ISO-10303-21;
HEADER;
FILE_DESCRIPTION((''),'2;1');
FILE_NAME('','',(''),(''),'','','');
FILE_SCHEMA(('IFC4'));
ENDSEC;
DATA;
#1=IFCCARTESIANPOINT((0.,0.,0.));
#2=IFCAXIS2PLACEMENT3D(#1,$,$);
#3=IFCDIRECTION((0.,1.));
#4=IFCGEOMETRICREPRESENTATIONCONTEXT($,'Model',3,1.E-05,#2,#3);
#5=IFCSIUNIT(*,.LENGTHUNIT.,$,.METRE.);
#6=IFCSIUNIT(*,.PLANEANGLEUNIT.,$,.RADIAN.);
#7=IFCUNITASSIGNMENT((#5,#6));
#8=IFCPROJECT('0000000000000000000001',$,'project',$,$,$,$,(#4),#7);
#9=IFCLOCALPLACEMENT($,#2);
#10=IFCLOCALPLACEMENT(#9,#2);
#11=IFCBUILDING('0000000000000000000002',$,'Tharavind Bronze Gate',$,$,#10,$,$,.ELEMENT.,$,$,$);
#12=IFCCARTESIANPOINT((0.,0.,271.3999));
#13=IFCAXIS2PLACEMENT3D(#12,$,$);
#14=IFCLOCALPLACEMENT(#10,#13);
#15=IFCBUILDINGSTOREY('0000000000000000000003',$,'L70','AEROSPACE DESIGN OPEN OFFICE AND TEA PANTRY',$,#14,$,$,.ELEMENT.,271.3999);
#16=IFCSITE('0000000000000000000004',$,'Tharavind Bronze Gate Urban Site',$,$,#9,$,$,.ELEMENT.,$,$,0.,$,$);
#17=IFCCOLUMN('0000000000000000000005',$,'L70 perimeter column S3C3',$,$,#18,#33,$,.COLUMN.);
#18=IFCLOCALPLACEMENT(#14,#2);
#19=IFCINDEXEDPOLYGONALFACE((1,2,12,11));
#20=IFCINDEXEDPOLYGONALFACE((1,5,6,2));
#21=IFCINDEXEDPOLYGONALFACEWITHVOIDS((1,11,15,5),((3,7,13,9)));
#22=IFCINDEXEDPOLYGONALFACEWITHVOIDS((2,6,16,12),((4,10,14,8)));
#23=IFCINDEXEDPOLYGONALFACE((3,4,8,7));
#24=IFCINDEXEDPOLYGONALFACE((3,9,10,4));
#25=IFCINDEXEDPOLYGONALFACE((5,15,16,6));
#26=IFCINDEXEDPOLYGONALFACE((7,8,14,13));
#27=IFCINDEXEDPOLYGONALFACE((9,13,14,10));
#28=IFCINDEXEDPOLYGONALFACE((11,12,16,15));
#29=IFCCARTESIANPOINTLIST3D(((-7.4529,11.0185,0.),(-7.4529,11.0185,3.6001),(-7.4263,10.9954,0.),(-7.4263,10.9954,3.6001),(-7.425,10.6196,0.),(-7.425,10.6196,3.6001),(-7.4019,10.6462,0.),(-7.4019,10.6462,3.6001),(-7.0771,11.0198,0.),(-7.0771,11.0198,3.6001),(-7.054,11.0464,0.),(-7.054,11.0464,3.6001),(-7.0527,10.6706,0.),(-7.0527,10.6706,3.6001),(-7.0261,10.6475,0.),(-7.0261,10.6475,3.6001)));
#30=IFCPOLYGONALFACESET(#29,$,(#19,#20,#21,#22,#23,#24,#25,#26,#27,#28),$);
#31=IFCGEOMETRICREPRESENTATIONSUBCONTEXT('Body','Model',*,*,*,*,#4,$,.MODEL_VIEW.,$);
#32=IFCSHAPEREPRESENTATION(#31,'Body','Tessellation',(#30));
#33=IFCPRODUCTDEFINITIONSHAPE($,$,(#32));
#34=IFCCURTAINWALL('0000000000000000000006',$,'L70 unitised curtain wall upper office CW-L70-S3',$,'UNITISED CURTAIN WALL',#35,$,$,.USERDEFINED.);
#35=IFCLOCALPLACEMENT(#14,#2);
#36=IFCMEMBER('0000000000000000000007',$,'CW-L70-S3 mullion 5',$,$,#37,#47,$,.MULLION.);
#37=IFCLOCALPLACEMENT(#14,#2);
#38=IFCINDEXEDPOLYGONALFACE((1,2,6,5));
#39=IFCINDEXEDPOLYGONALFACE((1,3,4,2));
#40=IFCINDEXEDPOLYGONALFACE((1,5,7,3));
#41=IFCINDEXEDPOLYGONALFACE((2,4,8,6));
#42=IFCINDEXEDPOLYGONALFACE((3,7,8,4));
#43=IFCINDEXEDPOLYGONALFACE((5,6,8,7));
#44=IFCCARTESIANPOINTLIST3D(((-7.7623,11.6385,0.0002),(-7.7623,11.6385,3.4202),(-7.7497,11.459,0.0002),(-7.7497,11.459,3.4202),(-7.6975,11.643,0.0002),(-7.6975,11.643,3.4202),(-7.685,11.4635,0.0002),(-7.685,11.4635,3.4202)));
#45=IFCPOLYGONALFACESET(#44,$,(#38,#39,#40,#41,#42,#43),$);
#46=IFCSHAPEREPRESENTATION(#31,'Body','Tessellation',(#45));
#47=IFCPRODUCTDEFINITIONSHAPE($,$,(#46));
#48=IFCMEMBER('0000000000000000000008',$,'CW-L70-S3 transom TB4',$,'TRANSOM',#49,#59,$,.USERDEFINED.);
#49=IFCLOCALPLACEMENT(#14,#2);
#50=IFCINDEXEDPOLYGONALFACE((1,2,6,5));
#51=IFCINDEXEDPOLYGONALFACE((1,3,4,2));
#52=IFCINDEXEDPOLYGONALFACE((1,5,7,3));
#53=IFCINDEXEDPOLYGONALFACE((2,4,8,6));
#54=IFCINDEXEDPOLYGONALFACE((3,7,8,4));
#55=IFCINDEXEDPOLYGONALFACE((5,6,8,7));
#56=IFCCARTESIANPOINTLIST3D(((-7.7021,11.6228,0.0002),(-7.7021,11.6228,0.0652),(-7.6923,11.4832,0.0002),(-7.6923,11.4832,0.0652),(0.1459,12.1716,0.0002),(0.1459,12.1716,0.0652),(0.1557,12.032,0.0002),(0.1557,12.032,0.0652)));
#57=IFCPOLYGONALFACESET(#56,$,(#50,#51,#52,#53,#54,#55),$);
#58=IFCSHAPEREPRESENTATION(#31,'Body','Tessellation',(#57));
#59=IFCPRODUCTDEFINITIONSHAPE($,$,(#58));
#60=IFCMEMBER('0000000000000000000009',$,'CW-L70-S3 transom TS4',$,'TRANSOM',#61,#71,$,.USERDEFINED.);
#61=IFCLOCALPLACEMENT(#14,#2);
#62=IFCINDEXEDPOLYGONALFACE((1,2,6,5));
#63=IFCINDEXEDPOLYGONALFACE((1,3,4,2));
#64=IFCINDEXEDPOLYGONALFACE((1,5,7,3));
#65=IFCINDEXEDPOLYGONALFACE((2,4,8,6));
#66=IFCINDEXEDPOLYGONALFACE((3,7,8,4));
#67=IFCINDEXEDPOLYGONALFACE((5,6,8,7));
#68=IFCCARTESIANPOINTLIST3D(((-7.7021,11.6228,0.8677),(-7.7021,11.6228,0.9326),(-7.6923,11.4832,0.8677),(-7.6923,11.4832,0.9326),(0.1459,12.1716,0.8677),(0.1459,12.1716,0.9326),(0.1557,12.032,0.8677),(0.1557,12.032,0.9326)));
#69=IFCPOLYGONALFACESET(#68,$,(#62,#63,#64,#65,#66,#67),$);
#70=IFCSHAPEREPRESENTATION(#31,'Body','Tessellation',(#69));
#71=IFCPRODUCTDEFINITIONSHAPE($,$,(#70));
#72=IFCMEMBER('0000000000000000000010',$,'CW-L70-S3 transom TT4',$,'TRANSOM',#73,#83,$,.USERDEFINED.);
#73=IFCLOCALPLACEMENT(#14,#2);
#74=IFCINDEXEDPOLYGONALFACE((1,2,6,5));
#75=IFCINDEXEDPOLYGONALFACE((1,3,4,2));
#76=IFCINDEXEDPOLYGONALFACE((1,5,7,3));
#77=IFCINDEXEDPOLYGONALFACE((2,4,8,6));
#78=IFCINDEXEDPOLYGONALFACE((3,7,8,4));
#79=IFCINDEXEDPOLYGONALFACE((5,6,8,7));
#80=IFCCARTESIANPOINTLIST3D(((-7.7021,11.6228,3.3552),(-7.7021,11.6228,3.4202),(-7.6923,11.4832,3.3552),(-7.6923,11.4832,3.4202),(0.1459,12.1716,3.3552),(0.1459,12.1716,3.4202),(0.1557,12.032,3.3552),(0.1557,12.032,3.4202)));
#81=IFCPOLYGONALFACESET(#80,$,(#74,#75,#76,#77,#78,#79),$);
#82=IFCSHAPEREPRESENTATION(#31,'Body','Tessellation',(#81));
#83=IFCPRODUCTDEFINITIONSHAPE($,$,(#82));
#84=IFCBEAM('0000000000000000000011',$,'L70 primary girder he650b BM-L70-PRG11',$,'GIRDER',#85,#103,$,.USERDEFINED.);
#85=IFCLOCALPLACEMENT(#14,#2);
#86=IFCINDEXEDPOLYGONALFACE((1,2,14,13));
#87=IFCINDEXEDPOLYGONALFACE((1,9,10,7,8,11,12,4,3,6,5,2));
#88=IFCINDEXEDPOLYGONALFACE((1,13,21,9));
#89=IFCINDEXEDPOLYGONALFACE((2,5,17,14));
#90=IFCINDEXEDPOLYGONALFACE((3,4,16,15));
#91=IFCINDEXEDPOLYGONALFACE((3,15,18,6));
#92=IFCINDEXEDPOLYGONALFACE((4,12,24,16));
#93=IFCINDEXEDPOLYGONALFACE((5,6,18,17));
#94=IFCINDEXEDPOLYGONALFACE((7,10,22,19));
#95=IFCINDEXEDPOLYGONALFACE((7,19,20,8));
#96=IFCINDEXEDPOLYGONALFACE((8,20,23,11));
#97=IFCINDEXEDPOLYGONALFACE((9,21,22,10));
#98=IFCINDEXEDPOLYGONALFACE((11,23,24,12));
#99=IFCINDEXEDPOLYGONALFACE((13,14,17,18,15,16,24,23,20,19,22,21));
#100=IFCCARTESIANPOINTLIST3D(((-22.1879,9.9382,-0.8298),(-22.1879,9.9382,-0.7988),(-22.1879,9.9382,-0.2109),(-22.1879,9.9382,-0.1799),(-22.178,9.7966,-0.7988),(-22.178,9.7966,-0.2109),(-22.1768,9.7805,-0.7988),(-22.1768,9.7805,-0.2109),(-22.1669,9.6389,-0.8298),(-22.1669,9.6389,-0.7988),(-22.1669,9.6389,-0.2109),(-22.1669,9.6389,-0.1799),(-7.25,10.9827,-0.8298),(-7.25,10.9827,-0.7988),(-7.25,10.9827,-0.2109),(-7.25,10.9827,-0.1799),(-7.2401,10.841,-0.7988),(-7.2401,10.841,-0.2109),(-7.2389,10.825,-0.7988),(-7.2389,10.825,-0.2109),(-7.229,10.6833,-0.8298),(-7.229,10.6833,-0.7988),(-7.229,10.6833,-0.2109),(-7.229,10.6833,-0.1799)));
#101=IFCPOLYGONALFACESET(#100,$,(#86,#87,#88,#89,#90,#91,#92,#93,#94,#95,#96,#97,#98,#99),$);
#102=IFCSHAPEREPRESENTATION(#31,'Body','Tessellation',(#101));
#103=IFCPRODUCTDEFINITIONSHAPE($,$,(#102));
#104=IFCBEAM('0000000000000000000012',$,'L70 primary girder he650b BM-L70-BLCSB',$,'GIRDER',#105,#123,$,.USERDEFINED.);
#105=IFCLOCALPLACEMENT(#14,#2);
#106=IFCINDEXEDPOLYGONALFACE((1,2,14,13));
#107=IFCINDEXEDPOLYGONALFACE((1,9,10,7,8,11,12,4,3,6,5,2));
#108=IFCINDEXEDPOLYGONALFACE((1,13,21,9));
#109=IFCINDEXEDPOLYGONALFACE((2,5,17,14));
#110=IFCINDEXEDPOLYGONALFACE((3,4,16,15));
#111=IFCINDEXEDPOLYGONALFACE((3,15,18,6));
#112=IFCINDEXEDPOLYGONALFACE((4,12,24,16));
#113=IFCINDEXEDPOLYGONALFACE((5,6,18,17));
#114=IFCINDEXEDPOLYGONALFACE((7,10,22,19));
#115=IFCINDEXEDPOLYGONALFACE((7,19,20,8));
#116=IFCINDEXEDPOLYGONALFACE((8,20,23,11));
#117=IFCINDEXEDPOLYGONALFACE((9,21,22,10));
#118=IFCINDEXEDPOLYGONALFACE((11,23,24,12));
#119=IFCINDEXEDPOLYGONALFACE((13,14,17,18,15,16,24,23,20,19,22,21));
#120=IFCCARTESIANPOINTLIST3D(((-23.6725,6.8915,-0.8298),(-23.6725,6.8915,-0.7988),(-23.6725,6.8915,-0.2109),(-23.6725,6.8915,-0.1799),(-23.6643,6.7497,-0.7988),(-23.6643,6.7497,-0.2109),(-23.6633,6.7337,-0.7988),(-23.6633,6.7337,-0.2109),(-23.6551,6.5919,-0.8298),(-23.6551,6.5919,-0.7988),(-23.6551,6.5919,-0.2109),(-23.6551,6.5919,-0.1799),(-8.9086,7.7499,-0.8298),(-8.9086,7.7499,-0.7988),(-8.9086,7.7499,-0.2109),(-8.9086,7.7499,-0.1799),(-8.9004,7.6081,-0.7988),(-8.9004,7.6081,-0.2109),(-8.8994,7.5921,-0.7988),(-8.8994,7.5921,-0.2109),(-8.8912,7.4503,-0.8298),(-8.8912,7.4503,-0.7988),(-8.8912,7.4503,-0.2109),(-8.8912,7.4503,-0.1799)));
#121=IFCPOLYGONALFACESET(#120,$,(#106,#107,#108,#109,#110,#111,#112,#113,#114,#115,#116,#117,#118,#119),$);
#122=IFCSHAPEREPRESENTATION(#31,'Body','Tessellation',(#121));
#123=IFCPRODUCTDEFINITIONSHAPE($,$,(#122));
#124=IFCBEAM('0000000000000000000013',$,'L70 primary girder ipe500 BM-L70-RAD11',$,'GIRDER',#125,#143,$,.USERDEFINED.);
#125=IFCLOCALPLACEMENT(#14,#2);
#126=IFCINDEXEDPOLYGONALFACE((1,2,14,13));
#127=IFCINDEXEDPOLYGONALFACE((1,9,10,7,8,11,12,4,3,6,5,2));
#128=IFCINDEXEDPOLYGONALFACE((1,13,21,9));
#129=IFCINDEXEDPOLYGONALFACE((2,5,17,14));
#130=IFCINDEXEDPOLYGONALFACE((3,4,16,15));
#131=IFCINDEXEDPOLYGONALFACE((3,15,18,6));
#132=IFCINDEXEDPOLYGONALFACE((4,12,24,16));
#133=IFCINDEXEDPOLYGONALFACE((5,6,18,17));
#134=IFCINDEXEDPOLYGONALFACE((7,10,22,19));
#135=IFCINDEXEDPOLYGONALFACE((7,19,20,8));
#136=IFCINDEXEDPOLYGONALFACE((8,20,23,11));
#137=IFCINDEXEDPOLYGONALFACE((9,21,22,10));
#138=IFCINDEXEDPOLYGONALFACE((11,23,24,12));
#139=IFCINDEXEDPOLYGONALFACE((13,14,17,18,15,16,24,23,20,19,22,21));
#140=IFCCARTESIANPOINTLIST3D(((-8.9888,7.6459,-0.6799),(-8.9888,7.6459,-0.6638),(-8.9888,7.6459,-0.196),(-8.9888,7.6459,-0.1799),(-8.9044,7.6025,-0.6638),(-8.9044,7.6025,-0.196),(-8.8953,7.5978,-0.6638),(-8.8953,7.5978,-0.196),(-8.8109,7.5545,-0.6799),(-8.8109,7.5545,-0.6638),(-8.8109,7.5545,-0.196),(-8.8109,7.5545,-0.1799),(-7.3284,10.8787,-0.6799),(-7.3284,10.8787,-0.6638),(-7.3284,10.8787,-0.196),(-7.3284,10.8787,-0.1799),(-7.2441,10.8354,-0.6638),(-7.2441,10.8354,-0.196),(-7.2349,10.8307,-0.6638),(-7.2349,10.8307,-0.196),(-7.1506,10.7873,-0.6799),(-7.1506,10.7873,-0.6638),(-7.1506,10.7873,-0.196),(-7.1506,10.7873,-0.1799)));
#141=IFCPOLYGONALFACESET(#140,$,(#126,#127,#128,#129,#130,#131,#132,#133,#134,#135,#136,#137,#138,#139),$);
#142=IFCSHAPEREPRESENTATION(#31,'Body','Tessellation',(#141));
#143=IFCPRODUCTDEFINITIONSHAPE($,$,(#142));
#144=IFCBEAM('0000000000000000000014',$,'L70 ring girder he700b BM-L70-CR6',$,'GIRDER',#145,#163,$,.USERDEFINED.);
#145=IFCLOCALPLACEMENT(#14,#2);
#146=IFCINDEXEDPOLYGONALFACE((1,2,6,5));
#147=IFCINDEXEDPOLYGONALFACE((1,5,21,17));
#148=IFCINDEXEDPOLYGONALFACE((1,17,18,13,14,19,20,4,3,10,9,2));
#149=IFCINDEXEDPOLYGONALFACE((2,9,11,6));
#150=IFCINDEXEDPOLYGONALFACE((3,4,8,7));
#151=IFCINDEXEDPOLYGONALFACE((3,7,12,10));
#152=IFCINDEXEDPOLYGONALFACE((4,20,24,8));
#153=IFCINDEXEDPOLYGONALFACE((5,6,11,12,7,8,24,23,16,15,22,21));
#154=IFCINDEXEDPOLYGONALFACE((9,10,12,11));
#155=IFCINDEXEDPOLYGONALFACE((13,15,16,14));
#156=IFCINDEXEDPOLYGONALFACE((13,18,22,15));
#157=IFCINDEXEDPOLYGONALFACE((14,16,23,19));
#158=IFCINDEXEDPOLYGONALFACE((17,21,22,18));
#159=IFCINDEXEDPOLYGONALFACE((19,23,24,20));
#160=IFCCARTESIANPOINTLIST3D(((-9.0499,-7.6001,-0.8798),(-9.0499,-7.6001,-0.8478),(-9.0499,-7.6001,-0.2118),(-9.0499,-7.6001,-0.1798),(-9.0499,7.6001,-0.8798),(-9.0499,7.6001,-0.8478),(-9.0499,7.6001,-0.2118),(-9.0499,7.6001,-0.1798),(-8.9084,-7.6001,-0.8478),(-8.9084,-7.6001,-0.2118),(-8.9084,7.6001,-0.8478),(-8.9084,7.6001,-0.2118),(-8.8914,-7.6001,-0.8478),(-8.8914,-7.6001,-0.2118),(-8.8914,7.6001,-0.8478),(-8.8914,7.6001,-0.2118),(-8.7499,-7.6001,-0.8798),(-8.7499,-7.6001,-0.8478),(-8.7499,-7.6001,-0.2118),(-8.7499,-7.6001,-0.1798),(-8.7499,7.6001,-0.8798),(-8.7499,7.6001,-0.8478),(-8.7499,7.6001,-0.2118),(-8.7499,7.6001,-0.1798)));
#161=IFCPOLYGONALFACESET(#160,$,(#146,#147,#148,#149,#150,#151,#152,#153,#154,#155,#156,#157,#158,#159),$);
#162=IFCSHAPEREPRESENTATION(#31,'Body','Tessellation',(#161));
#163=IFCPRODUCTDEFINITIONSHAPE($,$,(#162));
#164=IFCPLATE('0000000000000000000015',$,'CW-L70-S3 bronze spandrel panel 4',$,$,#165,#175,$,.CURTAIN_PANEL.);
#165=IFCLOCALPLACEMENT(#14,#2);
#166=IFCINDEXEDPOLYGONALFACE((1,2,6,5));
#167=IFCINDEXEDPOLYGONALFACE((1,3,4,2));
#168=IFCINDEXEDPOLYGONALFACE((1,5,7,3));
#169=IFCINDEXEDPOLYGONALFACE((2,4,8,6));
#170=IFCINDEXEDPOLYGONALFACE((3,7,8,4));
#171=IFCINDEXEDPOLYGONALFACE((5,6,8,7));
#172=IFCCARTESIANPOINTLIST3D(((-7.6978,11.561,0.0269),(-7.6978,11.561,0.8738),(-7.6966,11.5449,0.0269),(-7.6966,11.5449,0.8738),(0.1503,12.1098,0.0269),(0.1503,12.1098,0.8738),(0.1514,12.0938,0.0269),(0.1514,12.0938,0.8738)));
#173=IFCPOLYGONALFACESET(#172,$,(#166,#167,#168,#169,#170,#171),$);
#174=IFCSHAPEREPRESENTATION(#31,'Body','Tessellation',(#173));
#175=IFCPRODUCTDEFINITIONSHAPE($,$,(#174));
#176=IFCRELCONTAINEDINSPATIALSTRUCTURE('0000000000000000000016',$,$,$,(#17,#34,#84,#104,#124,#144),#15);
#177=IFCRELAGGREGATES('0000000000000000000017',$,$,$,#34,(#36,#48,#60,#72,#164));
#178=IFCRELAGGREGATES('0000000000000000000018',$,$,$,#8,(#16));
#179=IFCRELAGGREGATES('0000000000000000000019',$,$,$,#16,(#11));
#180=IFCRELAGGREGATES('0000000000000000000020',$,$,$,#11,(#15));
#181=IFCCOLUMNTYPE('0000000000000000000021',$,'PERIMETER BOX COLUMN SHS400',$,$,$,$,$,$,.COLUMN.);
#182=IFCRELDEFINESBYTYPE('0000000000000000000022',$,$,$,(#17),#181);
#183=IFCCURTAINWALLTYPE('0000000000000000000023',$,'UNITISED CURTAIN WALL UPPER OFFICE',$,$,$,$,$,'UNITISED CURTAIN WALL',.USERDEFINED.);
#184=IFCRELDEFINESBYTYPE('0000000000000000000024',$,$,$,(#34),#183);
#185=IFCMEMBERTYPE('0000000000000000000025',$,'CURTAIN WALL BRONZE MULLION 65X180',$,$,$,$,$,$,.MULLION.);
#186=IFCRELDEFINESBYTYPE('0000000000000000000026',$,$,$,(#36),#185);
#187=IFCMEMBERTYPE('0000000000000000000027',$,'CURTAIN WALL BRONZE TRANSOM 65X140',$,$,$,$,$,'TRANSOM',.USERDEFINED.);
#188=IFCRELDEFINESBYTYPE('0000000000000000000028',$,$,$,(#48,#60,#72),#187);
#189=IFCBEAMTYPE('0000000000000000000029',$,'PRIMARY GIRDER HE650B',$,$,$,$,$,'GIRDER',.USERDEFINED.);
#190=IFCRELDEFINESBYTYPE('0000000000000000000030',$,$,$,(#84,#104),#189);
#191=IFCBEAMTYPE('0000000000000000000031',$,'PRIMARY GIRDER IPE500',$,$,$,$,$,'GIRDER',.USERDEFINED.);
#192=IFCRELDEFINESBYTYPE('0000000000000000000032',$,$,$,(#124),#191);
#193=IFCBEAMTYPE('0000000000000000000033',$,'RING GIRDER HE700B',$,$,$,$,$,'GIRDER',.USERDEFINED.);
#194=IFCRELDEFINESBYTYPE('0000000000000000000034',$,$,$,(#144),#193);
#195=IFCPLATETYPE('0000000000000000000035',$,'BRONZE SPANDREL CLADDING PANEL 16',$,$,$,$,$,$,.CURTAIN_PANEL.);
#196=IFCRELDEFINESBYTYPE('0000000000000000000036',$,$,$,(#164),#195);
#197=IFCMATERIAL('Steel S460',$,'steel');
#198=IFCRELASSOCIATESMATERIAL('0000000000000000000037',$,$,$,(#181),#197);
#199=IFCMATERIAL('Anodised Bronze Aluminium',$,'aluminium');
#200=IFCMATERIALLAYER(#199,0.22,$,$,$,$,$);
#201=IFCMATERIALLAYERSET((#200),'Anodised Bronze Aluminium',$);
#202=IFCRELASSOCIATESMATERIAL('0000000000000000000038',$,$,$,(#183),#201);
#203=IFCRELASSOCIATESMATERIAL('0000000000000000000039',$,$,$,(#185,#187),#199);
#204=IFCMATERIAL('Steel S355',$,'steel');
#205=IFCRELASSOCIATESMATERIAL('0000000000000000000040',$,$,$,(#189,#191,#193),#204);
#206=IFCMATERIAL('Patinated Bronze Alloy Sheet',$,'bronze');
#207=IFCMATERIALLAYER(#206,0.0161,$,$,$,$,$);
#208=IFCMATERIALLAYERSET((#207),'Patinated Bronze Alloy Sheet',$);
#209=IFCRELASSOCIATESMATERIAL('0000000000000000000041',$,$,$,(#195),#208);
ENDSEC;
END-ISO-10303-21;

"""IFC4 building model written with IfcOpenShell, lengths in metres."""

from ifc_helpers import new_model, si_unit, direction, frame, origin, origin_2d, place, context, subcontext, project, spatial, rectangle, hollow_rectangle, i_section, extrude, material, layer, layer_set, material_profile, profile_set, type_object, element, aggregate, save


model = new_model("IFC4")

# Units and contexts
model_context = context("Model", 3, precision=1e-05, world=origin(), true_north=direction((0.0, 1.0)))
body_context = subcontext(model_context, "Body", "Model", "MODEL_VIEW")
ifc_project = project(units=[si_unit("LENGTHUNIT", "METRE"), si_unit("PLANEANGLEUNIT", "RADIAN")], contexts=[model_context])

# Site, building, storey
site_placement = place(None, origin())
site = spatial("IfcSite", under=ifc_project, at=site_placement, Name="Tharavind Bronze Gate Urban Site", CompositionType="ELEMENT", RefElevation=0.0)
building_placement = place(site_placement, origin())
building = spatial("IfcBuilding", under=site, at=building_placement, Name="Tharavind Bronze Gate", CompositionType="ELEMENT")
storey_placement = place(building_placement, frame((0.0, 0.0, 271.3999)))
storey = spatial("IfcBuildingStorey", under=building, at=storey_placement, Name="L70", Description="AEROSPACE DESIGN OPEN OFFICE AND TEA PANTRY", CompositionType="ELEMENT", Elevation=271.3999)

# Column
ifc_material_1 = material(Name="Steel S460", Category="steel")
ifc_material_profile_1 = material_profile(ifc_material_1, hollow_rectangle(XDim=0.3999, YDim=0.3999, WallThickness=0.0249, at=origin_2d()), Name="SHS400X25")
ifc_profile_set_1 = profile_set([ifc_material_profile_1], Name="Steel S460")
column_type = type_object("IfcColumnType", Name="PERIMETER BOX COLUMN SHS400", PredefinedType="COLUMN", material=ifc_profile_set_1)
column_placement = place(storey_placement, frame((-7.2395, 10.833, 0.0), z_axis=(0.0, 0.0, 1.0), x_axis=(0.997564, 0.069758, 0.0)))
element("IfcColumn", 1, at=column_placement, inside=storey, type_object=column_type, Name="L70 perimeter column S3C3", PredefinedType="COLUMN", context=body_context, shape_type="SweptSolid", body=[
    extrude(hollow_rectangle(XDim=0.3999, YDim=0.3999, WallThickness=0.0249, at=origin_2d()), origin(), (0.0, 0.0, 1.0), 3.6001),
])

# Curtain wall, members
ifc_material_2 = material(Name="Anodised Bronze Aluminium", Category="aluminium")
ifc_layer_1 = layer(ifc_material_2, 0.22)
ifc_layer_set_1 = layer_set([ifc_layer_1], Name="Anodised Bronze Aluminium")
curtain_wall_type = type_object("IfcCurtainWallType", Name="UNITISED CURTAIN WALL UPPER OFFICE", ElementType="UNITISED CURTAIN WALL", PredefinedType="USERDEFINED", material=ifc_layer_set_1)
curtain_wall_placement = place(storey_placement, origin())
curtain_wall = element("IfcCurtainWall", 2, at=curtain_wall_placement, inside=storey, type_object=curtain_wall_type, Name="L70 unitised curtain wall upper office CW-L70-S3", ObjectType="UNITISED CURTAIN WALL", PredefinedType="USERDEFINED")
member_type_1 = type_object("IfcMemberType", Name="CURTAIN WALL BRONZE MULLION 65X180", PredefinedType="MULLION", material=ifc_material_2)
member_1_placement = place(storey_placement, frame((-7.7236, 11.551, 0.0002), z_axis=(0.0, 0.0, 1.0), x_axis=(-0.997564, -0.06976, 0.0)))
member_1 = element("IfcMember", 3, at=member_1_placement, type_object=member_type_1, Name="CW-L70-S3 mullion 5", PredefinedType="MULLION", context=body_context, shape_type="SweptSolid", body=[
    extrude(rectangle(XDim=0.0649, YDim=0.1799, at=origin_2d()), origin(), (0.0, 0.0, 1.0), 3.4199),
])
member_type_2 = type_object("IfcMemberType", Name="CURTAIN WALL BRONZE TRANSOM 65X140", ElementType="TRANSOM", PredefinedType="USERDEFINED", material=ifc_material_2)
member_2_placement = place(storey_placement, frame((-3.7732, 11.8274, 0.0002), z_axis=(0.0, 0.0, 1.0), x_axis=(-0.997564, -0.06976, 0.0)))
member_2 = element("IfcMember", 4, at=member_2_placement, type_object=member_type_2, Name="CW-L70-S3 transom TB4", ObjectType="TRANSOM", PredefinedType="USERDEFINED", context=body_context, shape_type="SweptSolid", body=[
    extrude(rectangle(XDim=7.8672, YDim=0.1399, at=origin_2d()), origin(), (0.0, 0.0, 1.0), 0.0649),
])
member_3_placement = place(storey_placement, frame((-3.7732, 11.8274, 0.8677), z_axis=(0.0, 0.0, 1.0), x_axis=(-0.997564, -0.06976, 0.0)))
member_3 = element("IfcMember", 5, at=member_3_placement, type_object=member_type_2, Name="CW-L70-S3 transom TS4", ObjectType="TRANSOM", PredefinedType="USERDEFINED", context=body_context, shape_type="SweptSolid", body=[
    extrude(rectangle(XDim=7.8672, YDim=0.1399, at=origin_2d()), origin(), (0.0, 0.0, 1.0), 0.0649),
])
member_4_placement = place(storey_placement, frame((-3.7732, 11.8274, 3.3552), z_axis=(0.0, 0.0, 1.0), x_axis=(-0.997564, -0.06976, 0.0)))
member_4 = element("IfcMember", 6, at=member_4_placement, type_object=member_type_2, Name="CW-L70-S3 transom TT4", ObjectType="TRANSOM", PredefinedType="USERDEFINED", context=body_context, shape_type="SweptSolid", body=[
    extrude(rectangle(XDim=7.8672, YDim=0.1399, at=origin_2d()), origin(), (0.0, 0.0, 1.0), 0.0649),
])

# Beams
ifc_material_3 = material(Name="Steel S355", Category="steel")
ifc_material_profile_2 = material_profile(ifc_material_3, i_section(OverallWidth=0.3, OverallDepth=0.6499, WebThickness=0.0161, FlangeThickness=0.031, at=origin_2d()), Name="HE650B")
ifc_profile_set_2 = profile_set([ifc_material_profile_2], Name="Steel S355")
beam_type_1 = type_object("IfcBeamType", Name="PRIMARY GIRDER HE650B", ElementType="GIRDER", PredefinedType="USERDEFINED", material=ifc_profile_set_2)
beam_1_placement = place(storey_placement, frame((-7.2395, 10.833, -0.5049), z_axis=(-0.997565, -0.069748, 0.0), x_axis=(0.069748, -0.997565, 0.0)))
element("IfcBeam", 7, at=beam_1_placement, inside=storey, type_object=beam_type_1, Name="L70 primary girder he650b BM-L70-PRG11", ObjectType="GIRDER", PredefinedType="USERDEFINED", context=body_context, shape_type="SweptSolid", body=[
    extrude(i_section(OverallWidth=0.3, OverallDepth=0.6499, WebThickness=0.0161, FlangeThickness=0.031, at=origin_2d()), origin(), (0.0, 0.0, 1.0), 14.9744),
])
beam_2_placement = place(storey_placement, frame((-8.8999, 7.6001, -0.5049), z_axis=(-0.998314, -0.058044, 0.0), x_axis=(0.058044, -0.998314, 0.0)))
element("IfcBeam", 8, at=beam_2_placement, inside=storey, type_object=beam_type_1, Name="L70 primary girder he650b BM-L70-BLCSB", ObjectType="GIRDER", PredefinedType="USERDEFINED", context=body_context, shape_type="SweptSolid", body=[
    extrude(i_section(OverallWidth=0.3, OverallDepth=0.6499, WebThickness=0.0161, FlangeThickness=0.031, at=origin_2d()), origin(), (0.0, 0.0, 1.0), 14.7888),
])
ifc_material_profile_3 = material_profile(ifc_material_3, i_section(OverallWidth=0.2, OverallDepth=0.5, WebThickness=0.0103, FlangeThickness=0.0161, at=origin_2d()), Name="IPE500")
ifc_profile_set_3 = profile_set([ifc_material_profile_3], Name="Steel S355")
beam_type_2 = type_object("IfcBeamType", Name="PRIMARY GIRDER IPE500", ElementType="GIRDER", PredefinedType="USERDEFINED", material=ifc_profile_set_3)
beam_3_placement = place(storey_placement, frame((-7.2395, 10.833, -0.4299), z_axis=(-0.456861, -0.889538, 0.0), x_axis=(0.889538, -0.456861, 0.0)))
element("IfcBeam", 9, at=beam_3_placement, inside=storey, type_object=beam_type_2, Name="L70 primary girder ipe500 BM-L70-RAD11", ObjectType="GIRDER", PredefinedType="USERDEFINED", context=body_context, shape_type="SweptSolid", body=[
    extrude(i_section(OverallWidth=0.2, OverallDepth=0.5, WebThickness=0.0103, FlangeThickness=0.0161, at=origin_2d()), origin(), (0.0, 0.0, 1.0), 3.6343),
])
ifc_material_profile_4 = material_profile(ifc_material_3, i_section(OverallWidth=0.3, OverallDepth=0.7, WebThickness=0.0171, FlangeThickness=0.032, at=origin_2d()), Name="HE700B")
ifc_profile_set_4 = profile_set([ifc_material_profile_4], Name="Steel S355")
beam_type_3 = type_object("IfcBeamType", Name="RING GIRDER HE700B", ElementType="GIRDER", PredefinedType="USERDEFINED", material=ifc_profile_set_4)
beam_4_placement = place(storey_placement, frame((-8.8999, 7.6001, -0.5298), z_axis=(0.0, -1.0, 0.0), x_axis=(1.0, 0.0, 0.0)))
element("IfcBeam", 10, at=beam_4_placement, inside=storey, type_object=beam_type_3, Name="L70 ring girder he700b BM-L70-CR6", ObjectType="GIRDER", PredefinedType="USERDEFINED", context=body_context, shape_type="SweptSolid", body=[
    extrude(i_section(OverallWidth=0.3, OverallDepth=0.7, WebThickness=0.0171, FlangeThickness=0.032, at=origin_2d()), origin(), (0.0, 0.0, 1.0), 15.2002),
])

# Plate
ifc_material_4 = material(Name="Patinated Bronze Alloy Sheet", Category="bronze")
ifc_layer_2 = layer(ifc_material_4, 0.0161)
ifc_layer_set_2 = layer_set([ifc_layer_2], Name="Patinated Bronze Alloy Sheet")
plate_type_1 = type_object("IfcPlateType", Name="BRONZE SPANDREL CLADDING PANEL 16", PredefinedType="CURTAIN_PANEL", material=ifc_layer_set_2)
plate_1_placement = place(storey_placement, frame((-3.7732, 11.8274, 0.0269), z_axis=(0.0, 0.0, 1.0), x_axis=(-0.997564, -0.06976, 0.0)))
plate_1 = element("IfcPlate", 11, at=plate_1_placement, type_object=plate_type_1, Name="CW-L70-S3 bronze spandrel panel 4", PredefinedType="CURTAIN_PANEL", context=body_context, shape_type="SweptSolid", body=[
    extrude(rectangle(XDim=7.8672, YDim=0.0161, at=origin_2d()), origin(), (0.0, 0.0, 1.0), 0.8469),
])
aggregate(curtain_wall, [member_1, member_2, member_3, member_4, plate_1])

save(model, "model.ifc")
